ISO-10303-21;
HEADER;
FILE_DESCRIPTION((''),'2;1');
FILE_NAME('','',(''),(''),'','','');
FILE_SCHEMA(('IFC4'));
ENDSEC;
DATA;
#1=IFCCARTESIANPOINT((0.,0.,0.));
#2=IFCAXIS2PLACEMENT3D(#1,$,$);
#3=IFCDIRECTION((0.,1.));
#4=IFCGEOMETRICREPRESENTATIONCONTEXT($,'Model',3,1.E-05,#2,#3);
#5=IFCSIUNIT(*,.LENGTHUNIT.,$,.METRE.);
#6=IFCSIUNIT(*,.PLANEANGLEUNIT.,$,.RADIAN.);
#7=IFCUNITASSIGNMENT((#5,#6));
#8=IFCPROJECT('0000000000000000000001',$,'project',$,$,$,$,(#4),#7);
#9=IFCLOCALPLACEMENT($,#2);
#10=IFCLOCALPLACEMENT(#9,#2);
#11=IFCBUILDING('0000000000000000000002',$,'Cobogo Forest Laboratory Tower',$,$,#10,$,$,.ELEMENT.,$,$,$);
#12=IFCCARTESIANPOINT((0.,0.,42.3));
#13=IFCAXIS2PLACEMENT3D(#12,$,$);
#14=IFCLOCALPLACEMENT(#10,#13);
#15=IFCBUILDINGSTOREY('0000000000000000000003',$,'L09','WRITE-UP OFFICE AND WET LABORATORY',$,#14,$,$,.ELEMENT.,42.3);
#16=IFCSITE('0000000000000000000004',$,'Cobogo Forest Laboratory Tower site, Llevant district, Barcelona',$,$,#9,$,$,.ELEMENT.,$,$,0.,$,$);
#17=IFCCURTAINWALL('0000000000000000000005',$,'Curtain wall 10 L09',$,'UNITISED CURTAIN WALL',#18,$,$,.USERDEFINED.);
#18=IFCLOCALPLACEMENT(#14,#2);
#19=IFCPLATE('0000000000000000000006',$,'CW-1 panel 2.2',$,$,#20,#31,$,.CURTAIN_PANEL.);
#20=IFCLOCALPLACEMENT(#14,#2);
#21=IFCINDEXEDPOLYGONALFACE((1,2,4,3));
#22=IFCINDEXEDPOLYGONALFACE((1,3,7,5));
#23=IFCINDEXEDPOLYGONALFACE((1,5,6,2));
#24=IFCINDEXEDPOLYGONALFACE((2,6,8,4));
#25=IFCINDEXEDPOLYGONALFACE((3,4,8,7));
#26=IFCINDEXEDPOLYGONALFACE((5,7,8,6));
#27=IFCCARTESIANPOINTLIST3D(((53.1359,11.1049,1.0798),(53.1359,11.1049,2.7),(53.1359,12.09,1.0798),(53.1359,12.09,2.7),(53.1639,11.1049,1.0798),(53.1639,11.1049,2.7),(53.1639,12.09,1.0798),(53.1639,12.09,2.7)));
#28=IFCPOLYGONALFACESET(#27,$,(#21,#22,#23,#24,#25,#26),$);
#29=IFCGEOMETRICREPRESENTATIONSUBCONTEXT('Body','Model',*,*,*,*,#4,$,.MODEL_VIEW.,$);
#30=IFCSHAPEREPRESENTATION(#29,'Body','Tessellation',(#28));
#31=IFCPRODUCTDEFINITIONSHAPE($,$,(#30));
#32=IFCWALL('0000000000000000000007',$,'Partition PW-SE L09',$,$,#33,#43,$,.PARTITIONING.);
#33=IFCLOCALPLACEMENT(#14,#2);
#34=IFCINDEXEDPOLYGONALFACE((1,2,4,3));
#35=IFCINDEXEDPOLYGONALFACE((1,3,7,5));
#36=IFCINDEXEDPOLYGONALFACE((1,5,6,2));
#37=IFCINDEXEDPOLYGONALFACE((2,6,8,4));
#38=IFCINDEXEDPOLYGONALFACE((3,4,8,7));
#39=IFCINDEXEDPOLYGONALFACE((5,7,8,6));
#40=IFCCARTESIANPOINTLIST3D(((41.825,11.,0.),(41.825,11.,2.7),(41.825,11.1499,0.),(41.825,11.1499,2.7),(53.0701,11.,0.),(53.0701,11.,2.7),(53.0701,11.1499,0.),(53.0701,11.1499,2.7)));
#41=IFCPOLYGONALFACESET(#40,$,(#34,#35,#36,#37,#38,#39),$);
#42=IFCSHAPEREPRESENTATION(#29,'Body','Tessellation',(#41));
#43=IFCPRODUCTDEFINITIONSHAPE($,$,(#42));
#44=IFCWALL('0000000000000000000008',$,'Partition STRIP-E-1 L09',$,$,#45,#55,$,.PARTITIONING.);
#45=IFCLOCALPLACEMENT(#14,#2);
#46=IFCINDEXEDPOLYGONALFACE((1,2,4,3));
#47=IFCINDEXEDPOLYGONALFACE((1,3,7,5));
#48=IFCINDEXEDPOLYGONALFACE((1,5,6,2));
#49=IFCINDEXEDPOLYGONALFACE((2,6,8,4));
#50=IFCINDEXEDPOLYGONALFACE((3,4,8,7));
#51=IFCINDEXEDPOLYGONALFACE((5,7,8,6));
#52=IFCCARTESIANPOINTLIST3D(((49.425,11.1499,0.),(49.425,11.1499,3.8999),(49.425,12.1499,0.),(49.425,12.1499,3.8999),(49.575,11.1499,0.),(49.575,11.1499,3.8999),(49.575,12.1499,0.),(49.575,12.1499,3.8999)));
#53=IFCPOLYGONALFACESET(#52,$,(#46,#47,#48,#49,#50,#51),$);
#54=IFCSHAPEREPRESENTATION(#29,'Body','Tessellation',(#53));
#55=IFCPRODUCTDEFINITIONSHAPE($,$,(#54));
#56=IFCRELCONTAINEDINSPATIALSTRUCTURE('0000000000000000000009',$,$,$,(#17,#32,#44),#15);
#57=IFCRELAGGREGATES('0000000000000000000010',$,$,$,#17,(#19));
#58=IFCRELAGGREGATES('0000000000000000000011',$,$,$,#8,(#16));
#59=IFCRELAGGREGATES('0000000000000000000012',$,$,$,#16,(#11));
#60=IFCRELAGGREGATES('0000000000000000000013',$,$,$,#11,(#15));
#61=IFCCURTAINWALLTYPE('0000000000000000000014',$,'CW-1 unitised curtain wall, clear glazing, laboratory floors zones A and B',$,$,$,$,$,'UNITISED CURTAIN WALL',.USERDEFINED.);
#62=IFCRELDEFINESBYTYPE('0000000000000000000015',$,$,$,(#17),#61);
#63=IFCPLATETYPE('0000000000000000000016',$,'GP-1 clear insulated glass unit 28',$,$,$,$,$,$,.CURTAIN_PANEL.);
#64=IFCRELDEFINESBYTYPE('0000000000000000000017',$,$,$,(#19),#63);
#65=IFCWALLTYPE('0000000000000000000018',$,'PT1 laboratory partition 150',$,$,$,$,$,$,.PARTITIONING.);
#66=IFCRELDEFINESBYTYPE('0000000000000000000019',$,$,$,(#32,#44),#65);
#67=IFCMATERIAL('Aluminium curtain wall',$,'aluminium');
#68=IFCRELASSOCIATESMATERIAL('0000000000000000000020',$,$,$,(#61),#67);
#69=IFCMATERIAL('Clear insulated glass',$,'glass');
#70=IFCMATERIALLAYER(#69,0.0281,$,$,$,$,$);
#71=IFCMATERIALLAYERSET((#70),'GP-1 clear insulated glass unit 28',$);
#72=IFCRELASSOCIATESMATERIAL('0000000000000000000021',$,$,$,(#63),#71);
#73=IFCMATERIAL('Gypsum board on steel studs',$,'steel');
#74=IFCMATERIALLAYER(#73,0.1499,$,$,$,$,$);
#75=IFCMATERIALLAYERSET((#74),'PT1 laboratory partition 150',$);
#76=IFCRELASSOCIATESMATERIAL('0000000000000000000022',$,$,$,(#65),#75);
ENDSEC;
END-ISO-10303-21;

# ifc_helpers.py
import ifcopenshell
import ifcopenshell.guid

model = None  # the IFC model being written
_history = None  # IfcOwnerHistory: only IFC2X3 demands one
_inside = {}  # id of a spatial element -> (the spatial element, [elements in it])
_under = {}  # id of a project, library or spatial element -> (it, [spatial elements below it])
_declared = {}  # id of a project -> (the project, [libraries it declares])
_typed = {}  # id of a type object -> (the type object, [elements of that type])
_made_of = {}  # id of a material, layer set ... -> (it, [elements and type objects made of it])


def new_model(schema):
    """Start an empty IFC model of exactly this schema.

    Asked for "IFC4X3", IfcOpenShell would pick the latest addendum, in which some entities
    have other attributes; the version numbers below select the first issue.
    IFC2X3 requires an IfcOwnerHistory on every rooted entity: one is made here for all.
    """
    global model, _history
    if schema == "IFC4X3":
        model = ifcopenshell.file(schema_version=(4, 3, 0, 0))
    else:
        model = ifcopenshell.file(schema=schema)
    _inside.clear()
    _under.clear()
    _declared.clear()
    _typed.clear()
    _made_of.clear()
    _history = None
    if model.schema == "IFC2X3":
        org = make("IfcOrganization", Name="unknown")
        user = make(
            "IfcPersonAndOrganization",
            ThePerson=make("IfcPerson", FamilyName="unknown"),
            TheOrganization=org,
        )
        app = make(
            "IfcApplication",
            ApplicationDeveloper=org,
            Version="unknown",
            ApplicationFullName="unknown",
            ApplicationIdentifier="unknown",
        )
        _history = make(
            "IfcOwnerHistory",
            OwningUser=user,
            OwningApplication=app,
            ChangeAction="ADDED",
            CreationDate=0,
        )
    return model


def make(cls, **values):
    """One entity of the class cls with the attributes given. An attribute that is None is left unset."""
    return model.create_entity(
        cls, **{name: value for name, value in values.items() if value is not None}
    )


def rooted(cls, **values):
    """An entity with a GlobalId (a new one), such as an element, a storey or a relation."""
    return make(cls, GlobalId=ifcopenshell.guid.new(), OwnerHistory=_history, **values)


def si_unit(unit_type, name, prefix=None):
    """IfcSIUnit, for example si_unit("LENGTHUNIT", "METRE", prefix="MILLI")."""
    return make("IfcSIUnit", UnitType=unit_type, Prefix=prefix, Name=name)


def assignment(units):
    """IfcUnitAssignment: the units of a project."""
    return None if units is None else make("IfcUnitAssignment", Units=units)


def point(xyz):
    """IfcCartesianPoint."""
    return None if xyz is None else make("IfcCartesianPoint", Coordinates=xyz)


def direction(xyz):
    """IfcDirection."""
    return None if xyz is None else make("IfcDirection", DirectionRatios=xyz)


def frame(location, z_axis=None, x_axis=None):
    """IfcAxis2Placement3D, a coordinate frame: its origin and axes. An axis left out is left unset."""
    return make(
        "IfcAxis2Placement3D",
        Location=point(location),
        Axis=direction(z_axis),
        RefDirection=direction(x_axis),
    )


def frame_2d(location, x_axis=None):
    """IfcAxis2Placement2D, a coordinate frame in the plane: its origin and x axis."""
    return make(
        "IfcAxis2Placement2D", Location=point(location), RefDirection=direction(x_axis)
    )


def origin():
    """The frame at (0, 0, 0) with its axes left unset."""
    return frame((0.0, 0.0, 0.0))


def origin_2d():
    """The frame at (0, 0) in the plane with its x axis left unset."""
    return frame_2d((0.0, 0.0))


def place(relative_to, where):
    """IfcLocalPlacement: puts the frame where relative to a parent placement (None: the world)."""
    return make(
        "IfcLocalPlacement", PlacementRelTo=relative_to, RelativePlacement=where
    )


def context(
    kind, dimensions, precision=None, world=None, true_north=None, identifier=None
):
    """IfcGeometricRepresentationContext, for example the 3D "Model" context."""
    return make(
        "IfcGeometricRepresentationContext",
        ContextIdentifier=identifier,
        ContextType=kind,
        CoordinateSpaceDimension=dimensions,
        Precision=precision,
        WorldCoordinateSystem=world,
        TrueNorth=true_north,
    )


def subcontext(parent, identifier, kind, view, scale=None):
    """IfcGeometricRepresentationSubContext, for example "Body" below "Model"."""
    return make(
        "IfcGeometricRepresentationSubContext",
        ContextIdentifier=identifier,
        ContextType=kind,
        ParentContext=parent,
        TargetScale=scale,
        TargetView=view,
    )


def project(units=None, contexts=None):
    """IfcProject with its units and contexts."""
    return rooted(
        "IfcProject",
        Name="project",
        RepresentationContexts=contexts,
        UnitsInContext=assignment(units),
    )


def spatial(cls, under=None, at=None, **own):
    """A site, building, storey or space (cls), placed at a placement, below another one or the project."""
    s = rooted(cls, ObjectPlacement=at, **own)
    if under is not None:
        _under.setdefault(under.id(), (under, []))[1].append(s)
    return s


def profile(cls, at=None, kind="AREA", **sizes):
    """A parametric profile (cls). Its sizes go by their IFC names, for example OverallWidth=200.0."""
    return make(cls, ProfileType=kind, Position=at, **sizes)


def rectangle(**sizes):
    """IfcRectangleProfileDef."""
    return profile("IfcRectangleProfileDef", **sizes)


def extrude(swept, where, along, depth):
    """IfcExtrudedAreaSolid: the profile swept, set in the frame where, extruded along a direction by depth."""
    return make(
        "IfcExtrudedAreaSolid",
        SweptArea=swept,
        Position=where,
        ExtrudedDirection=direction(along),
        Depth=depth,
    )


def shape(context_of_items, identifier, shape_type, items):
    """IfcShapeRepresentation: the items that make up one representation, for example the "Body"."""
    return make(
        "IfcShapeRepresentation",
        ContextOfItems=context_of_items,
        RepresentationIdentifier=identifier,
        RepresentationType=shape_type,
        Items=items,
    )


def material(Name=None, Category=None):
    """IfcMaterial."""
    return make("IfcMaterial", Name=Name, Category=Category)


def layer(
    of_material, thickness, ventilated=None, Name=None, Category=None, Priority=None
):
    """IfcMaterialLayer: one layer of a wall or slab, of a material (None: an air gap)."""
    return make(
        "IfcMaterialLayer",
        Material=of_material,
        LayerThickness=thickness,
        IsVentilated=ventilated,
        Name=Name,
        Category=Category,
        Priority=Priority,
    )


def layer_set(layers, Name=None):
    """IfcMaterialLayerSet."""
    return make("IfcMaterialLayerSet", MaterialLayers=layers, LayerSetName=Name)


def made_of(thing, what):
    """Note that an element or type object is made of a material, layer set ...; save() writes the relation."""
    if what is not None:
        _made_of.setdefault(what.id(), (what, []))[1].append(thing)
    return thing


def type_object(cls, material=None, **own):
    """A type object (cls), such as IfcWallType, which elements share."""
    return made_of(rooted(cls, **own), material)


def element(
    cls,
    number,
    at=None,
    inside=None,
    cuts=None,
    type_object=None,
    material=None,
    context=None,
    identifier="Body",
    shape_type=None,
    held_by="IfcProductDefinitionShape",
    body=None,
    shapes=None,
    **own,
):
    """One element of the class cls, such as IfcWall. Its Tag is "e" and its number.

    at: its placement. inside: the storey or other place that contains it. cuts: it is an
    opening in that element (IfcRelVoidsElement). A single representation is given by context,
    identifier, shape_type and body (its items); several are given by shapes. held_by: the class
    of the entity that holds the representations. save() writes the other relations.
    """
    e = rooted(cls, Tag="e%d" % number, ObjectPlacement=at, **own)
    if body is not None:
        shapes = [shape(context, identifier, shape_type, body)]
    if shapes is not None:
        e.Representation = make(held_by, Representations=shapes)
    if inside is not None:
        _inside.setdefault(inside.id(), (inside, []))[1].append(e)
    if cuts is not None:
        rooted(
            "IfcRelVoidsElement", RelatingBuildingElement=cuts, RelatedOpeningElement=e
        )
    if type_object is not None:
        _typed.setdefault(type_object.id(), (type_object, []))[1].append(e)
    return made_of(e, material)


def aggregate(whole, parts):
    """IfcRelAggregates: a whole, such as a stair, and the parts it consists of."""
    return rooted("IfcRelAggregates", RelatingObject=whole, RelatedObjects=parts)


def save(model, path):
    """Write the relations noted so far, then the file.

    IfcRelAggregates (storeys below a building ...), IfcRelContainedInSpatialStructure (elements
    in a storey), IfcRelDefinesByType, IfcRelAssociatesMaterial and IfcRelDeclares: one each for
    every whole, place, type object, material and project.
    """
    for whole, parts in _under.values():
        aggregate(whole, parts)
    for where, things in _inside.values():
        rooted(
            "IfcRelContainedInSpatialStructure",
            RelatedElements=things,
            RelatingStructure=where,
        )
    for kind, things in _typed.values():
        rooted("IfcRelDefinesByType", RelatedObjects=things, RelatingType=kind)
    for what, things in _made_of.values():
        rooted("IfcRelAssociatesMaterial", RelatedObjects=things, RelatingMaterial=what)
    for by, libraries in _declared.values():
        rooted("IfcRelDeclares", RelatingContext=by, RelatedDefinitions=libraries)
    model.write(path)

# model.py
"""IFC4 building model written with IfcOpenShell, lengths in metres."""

from ifc_helpers import new_model, si_unit, direction, frame, frame_2d, origin, origin_2d, place, context, subcontext, project, spatial, rectangle, extrude, material, layer, layer_set, type_object, element, aggregate, save


model = new_model("IFC4")

# Units and contexts
model_context = context("Model", 3, precision=1e-05, world=origin(), true_north=direction((0.0, 1.0)))
body_context = subcontext(model_context, "Body", "Model", "MODEL_VIEW")
ifc_project = project(units=[si_unit("LENGTHUNIT", "METRE"), si_unit("PLANEANGLEUNIT", "RADIAN")], contexts=[model_context])

# Site, building, storey
site_placement = place(None, origin())
site = spatial("IfcSite", under=ifc_project, at=site_placement, Name="Cobogo Forest Laboratory Tower site, Llevant district, Barcelona", CompositionType="ELEMENT", RefElevation=0.0)
building_placement = place(site_placement, origin())
building = spatial("IfcBuilding", under=site, at=building_placement, Name="Cobogo Forest Laboratory Tower", CompositionType="ELEMENT")
storey_placement = place(building_placement, frame((0.0, 0.0, 42.3)))
storey = spatial("IfcBuildingStorey", under=building, at=storey_placement, Name="L09", Description="WRITE-UP OFFICE AND WET LABORATORY", CompositionType="ELEMENT", Elevation=42.3)

# Curtain wall
ifc_material_1 = material(Name="Aluminium curtain wall", Category="aluminium")
curtain_wall_type = type_object("IfcCurtainWallType", Name="CW-1 unitised curtain wall, clear glazing, laboratory floors zones A and B", ElementType="UNITISED CURTAIN WALL", PredefinedType="USERDEFINED", material=ifc_material_1)
curtain_wall_placement = place(storey_placement, origin())
curtain_wall = element("IfcCurtainWall", 1, at=curtain_wall_placement, inside=storey, type_object=curtain_wall_type, Name="Curtain wall 10 L09", ObjectType="UNITISED CURTAIN WALL", PredefinedType="USERDEFINED")

# Plate
ifc_material_2 = material(Name="Clear insulated glass", Category="glass")
ifc_layer_1 = layer(ifc_material_2, 0.0281)
ifc_layer_set_1 = layer_set([ifc_layer_1], Name="GP-1 clear insulated glass unit 28")
plate_type_1 = type_object("IfcPlateType", Name="GP-1 clear insulated glass unit 28", PredefinedType="CURTAIN_PANEL", material=ifc_layer_set_1)
plate_1_placement = place(storey_placement, frame((53.1499, 11.5974, 1.0798), z_axis=(0.0, 0.0, 1.0), x_axis=(0.0, 1.0, 0.0)))
plate_1 = element("IfcPlate", 2, at=plate_1_placement, type_object=plate_type_1, Name="CW-1 panel 2.2", PredefinedType="CURTAIN_PANEL", context=body_context, shape_type="SweptSolid", body=[
    extrude(rectangle(XDim=0.9851, YDim=0.0281, at=origin_2d()), origin(), (0.0, 0.0, 1.0), 1.6201),
])
aggregate(curtain_wall, [plate_1])

# Walls
ifc_material_3 = material(Name="Gypsum board on steel studs", Category="steel")
ifc_layer_2 = layer(ifc_material_3, 0.1499)
ifc_layer_set_2 = layer_set([ifc_layer_2], Name="PT1 laboratory partition 150")
wall_type = type_object("IfcWallType", Name="PT1 laboratory partition 150", PredefinedType="PARTITIONING", material=ifc_layer_set_2)
wall_1_placement = place(storey_placement, frame((53.0701, 11.075, 0.0), z_axis=(0.0, 0.0, 1.0), x_axis=(-1.0, 0.0, 0.0)))
element("IfcWall", 3, at=wall_1_placement, inside=storey, type_object=wall_type, Name="Partition PW-SE L09", PredefinedType="PARTITIONING", context=body_context, shape_type="SweptSolid", body=[
    extrude(rectangle(XDim=11.2451, YDim=0.1499, at=frame_2d((5.6226, 0.0))), origin(), (0.0, 0.0, 1.0), 2.7),
])
wall_2_placement = place(storey_placement, frame((49.5, 11.1499, 0.0), z_axis=(0.0, 0.0, 1.0), x_axis=(0.0, 1.0, 0.0)))
element("IfcWall", 4, at=wall_2_placement, inside=storey, type_object=wall_type, Name="Partition STRIP-E-1 L09", PredefinedType="PARTITIONING", context=body_context, shape_type="SweptSolid", body=[
    extrude(rectangle(XDim=1.0, YDim=0.1499, at=frame_2d((0.5, 0.0))), origin(), (0.0, 0.0, 1.0), 3.8999),
])

save(model, "model.ifc")
